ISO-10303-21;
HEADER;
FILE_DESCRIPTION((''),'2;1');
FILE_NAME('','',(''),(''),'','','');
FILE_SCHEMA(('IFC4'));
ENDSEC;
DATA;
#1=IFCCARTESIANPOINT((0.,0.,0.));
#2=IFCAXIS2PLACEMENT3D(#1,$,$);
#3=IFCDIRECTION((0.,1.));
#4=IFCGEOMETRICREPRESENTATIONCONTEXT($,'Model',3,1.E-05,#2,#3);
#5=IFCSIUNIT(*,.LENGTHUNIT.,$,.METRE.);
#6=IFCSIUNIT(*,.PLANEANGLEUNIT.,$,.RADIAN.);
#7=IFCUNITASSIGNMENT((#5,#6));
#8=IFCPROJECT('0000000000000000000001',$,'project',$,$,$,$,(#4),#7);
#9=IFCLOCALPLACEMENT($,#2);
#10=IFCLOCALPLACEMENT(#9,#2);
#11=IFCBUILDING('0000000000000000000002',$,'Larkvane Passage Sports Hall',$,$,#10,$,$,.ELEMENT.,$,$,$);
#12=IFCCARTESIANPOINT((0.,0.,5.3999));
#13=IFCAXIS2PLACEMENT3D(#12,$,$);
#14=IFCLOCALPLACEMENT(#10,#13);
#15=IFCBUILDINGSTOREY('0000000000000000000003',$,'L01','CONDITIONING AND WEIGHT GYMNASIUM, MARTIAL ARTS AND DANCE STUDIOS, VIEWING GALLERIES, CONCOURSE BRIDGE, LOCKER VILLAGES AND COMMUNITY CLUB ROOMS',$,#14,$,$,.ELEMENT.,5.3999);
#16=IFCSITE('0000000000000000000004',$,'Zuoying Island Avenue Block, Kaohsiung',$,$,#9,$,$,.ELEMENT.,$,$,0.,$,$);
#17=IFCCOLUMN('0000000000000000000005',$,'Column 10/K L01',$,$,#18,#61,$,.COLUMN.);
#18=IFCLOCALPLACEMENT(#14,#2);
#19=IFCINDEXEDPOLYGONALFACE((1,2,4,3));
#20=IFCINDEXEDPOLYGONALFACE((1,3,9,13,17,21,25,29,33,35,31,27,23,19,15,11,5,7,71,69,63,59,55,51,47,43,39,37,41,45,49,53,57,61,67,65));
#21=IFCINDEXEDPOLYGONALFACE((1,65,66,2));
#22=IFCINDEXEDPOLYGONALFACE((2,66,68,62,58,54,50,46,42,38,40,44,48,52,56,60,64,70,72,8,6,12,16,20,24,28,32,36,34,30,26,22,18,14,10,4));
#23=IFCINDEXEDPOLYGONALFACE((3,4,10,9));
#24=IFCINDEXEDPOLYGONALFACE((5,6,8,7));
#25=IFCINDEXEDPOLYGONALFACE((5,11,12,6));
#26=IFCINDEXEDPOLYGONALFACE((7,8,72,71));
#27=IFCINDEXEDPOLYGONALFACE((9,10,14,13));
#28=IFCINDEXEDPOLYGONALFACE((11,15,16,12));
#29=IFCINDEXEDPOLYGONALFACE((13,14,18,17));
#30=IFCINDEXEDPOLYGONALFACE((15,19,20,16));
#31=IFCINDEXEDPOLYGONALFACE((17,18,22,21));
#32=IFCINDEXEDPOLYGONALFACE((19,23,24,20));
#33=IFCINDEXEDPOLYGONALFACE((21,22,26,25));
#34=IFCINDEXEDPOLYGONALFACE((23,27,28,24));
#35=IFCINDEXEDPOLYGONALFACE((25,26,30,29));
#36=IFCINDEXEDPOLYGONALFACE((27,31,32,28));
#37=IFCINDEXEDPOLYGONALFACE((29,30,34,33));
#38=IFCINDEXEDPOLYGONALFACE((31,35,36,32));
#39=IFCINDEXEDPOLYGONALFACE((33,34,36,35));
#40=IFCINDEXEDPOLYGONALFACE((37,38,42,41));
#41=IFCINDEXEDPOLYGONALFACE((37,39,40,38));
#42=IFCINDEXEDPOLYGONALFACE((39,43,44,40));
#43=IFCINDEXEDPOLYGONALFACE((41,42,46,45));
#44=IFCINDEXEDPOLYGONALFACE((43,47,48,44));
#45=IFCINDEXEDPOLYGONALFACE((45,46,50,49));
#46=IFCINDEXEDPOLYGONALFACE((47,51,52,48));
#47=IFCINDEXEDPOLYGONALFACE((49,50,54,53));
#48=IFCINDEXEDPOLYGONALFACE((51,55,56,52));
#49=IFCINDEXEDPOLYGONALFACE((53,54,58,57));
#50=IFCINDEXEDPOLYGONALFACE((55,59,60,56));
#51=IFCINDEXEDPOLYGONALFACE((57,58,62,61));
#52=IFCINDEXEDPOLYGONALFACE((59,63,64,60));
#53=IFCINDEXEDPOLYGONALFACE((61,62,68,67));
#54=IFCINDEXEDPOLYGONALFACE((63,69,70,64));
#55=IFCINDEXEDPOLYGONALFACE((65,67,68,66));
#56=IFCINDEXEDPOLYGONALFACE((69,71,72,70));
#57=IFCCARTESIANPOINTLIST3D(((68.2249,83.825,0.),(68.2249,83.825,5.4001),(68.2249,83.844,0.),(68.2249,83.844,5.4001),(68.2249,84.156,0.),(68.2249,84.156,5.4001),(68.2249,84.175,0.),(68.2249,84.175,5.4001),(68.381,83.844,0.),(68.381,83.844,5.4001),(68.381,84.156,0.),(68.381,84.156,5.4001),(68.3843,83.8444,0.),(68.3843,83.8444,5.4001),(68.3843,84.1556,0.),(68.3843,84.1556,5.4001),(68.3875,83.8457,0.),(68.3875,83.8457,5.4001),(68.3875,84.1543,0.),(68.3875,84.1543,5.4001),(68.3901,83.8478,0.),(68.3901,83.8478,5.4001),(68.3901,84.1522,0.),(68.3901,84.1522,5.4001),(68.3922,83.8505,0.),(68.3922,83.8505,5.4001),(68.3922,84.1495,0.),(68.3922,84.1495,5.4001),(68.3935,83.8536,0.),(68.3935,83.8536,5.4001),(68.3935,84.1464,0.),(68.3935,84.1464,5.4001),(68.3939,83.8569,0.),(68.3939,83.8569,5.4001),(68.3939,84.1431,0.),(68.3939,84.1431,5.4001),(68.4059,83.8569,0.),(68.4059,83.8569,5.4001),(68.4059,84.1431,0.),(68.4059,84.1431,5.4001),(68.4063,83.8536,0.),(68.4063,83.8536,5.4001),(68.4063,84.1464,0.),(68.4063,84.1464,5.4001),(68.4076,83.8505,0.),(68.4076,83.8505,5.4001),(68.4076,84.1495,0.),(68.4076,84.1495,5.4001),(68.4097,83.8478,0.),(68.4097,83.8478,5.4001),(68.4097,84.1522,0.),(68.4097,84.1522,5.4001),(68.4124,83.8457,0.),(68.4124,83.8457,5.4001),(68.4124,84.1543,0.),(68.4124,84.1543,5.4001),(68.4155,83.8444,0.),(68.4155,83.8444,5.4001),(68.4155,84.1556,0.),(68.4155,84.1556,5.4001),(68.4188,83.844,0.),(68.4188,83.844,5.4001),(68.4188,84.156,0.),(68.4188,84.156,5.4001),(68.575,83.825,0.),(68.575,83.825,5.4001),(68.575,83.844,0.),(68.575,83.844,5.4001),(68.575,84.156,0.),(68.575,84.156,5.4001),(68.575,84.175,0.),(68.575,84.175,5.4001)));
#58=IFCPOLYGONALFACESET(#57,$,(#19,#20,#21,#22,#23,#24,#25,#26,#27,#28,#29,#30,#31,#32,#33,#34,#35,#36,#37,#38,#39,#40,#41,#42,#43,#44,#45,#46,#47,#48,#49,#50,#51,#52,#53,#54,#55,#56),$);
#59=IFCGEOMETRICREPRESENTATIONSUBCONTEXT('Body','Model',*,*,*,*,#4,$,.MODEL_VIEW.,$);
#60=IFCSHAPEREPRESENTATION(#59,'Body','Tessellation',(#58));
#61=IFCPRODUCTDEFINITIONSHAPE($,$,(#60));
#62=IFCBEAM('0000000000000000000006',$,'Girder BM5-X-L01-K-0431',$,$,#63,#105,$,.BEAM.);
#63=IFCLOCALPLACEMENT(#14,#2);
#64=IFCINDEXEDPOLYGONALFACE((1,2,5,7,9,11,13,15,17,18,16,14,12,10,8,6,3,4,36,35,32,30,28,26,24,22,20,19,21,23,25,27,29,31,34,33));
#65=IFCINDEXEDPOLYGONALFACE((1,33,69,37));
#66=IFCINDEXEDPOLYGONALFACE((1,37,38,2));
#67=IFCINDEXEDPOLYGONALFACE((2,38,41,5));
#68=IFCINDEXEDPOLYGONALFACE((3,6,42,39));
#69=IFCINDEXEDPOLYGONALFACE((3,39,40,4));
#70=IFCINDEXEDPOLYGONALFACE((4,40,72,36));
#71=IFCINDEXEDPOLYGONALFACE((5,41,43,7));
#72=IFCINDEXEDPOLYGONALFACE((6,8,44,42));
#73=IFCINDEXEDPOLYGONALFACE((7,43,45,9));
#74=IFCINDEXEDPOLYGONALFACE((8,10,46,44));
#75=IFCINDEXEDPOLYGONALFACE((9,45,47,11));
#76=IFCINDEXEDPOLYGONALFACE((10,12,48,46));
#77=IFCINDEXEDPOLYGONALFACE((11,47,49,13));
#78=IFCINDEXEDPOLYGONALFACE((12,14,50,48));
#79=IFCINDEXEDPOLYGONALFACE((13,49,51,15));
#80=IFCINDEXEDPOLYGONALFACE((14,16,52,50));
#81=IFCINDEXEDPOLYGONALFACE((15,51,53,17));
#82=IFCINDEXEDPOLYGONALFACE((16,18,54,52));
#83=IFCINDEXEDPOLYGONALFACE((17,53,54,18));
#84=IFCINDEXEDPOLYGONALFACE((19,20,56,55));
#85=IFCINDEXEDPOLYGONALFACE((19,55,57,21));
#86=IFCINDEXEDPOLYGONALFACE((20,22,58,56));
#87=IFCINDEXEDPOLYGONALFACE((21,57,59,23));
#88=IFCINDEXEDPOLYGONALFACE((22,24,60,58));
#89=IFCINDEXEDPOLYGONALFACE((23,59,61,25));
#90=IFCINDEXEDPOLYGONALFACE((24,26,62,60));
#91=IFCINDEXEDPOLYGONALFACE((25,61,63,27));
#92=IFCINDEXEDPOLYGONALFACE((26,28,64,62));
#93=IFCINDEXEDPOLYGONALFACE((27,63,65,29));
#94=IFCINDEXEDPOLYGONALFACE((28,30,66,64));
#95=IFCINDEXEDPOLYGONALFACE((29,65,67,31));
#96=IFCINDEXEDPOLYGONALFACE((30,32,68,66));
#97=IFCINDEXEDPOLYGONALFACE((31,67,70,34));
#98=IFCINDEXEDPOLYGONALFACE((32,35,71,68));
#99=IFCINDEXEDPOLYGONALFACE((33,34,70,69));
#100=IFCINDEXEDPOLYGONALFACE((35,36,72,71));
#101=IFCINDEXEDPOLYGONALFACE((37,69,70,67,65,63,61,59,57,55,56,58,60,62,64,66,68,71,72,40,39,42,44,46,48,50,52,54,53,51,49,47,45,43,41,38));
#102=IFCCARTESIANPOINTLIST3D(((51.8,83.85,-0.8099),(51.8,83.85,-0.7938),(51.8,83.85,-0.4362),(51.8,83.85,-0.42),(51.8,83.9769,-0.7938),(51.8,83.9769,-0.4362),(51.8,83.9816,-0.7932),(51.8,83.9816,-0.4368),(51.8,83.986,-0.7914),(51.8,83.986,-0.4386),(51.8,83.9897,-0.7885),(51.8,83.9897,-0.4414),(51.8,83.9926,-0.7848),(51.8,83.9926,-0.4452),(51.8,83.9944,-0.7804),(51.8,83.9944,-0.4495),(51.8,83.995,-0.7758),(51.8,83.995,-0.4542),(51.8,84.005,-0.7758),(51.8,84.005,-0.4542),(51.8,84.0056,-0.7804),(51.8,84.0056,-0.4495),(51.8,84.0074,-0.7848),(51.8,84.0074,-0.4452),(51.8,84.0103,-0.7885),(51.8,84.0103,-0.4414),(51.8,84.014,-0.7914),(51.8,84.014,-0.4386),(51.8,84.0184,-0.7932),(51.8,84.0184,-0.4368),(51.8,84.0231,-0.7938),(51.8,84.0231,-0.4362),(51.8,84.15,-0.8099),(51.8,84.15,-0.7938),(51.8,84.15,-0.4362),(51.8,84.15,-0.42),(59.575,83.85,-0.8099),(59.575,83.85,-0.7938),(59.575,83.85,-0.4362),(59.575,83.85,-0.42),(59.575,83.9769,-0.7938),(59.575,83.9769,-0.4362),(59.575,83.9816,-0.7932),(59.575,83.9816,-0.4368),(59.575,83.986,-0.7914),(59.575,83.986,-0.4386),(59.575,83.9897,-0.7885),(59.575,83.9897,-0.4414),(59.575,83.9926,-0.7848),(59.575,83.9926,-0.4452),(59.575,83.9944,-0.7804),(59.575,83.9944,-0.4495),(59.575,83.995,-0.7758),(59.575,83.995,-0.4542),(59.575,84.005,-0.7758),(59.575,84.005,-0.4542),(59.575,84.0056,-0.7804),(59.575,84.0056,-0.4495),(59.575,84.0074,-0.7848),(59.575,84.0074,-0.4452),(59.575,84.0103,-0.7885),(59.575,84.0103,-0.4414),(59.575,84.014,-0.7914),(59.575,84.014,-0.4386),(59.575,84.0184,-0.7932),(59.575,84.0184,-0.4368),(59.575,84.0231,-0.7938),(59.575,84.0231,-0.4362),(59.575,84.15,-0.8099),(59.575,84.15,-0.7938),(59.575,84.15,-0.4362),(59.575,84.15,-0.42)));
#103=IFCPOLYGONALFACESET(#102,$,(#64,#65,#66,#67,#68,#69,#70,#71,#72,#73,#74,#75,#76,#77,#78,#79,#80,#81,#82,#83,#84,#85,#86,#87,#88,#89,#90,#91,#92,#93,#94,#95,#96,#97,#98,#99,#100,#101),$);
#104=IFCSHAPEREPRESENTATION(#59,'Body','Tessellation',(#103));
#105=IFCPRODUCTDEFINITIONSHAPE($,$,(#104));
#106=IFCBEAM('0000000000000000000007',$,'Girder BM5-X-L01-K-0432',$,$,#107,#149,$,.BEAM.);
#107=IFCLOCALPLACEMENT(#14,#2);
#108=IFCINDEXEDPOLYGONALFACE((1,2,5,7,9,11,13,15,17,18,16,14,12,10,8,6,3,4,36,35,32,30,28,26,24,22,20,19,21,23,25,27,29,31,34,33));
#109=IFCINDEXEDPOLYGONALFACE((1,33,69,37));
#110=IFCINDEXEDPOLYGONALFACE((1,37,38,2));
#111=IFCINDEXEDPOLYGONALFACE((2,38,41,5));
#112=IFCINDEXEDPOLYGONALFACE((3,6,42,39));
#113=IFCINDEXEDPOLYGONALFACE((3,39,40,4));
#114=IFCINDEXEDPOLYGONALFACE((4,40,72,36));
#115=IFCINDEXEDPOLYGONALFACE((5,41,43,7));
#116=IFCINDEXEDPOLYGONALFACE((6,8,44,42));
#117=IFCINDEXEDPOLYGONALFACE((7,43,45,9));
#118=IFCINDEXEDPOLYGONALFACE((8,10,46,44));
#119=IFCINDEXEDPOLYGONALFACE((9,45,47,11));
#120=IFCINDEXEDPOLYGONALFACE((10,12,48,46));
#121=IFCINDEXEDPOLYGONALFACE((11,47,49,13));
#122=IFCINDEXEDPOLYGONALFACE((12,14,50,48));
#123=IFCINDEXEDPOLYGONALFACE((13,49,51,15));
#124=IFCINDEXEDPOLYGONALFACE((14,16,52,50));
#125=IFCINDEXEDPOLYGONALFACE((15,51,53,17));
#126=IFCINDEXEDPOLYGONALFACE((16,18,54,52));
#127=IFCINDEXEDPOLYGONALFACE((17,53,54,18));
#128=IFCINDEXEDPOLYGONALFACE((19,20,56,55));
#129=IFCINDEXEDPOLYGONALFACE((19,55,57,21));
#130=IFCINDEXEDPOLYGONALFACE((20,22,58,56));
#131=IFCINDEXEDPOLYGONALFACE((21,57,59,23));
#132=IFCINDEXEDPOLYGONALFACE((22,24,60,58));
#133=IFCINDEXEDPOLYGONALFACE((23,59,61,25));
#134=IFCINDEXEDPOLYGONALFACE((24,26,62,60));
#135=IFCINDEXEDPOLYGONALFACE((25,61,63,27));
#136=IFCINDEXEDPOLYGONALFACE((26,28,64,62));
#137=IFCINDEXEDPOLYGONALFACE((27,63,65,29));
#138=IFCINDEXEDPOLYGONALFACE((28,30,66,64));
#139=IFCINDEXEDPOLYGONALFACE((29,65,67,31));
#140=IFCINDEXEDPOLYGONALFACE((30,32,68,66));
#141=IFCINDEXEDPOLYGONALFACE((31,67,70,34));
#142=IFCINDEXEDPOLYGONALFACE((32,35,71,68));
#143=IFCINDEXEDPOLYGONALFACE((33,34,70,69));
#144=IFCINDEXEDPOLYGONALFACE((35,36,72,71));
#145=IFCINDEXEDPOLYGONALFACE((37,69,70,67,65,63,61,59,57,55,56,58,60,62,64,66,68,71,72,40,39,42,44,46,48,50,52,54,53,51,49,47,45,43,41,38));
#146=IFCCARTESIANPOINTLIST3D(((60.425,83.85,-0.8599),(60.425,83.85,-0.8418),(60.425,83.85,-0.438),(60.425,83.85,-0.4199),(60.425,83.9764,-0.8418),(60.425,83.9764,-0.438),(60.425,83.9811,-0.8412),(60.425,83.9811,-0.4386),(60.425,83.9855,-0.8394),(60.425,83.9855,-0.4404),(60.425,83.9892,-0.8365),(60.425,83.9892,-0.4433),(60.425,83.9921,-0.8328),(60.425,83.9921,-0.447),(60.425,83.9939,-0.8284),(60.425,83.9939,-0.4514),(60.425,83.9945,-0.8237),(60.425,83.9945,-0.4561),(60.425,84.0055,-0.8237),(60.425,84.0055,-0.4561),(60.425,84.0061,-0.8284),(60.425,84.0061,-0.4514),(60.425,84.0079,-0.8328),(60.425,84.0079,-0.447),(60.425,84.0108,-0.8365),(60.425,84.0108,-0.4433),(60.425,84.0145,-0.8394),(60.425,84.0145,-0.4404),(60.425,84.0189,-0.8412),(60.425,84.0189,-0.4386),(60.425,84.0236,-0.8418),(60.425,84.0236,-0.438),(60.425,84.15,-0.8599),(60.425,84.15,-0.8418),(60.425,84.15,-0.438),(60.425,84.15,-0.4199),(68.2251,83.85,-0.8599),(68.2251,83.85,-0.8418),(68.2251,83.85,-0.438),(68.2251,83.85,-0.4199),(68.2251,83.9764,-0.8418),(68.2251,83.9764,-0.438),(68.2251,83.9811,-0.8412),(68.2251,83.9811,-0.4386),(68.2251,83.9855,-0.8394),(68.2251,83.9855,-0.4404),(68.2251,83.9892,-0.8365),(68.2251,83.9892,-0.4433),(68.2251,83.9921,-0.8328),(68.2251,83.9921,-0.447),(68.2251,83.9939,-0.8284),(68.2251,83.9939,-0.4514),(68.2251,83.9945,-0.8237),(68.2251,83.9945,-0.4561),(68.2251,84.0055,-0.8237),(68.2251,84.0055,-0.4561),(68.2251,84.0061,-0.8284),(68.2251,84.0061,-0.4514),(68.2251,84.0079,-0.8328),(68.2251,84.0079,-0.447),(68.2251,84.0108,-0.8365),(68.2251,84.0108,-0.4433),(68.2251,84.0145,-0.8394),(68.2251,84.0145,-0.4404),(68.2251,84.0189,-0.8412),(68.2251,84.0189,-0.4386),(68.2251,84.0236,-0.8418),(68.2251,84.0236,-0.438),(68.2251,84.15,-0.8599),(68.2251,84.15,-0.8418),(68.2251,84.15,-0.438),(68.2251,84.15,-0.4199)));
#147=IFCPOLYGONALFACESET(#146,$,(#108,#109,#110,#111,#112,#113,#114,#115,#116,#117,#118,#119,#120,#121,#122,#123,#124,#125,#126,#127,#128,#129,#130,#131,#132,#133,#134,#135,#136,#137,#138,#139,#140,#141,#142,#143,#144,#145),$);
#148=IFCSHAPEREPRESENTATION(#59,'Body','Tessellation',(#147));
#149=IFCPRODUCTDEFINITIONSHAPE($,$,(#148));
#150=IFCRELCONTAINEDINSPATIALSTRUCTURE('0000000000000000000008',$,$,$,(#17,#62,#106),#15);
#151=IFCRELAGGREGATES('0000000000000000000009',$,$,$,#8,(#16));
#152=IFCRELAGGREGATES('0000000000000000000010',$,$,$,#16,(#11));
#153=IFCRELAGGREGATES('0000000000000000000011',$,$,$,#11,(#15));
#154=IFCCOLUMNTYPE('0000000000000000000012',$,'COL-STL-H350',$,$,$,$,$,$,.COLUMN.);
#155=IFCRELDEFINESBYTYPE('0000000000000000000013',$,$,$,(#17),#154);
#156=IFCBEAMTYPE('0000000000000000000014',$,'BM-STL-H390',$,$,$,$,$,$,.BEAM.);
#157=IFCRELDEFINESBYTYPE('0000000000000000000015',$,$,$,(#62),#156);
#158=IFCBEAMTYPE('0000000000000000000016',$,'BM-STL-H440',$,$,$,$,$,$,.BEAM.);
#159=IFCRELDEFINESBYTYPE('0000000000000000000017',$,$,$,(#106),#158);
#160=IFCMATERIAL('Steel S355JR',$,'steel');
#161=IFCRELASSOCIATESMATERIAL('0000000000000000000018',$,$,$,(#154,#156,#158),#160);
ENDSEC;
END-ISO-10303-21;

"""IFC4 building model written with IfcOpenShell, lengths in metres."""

from ifc_helpers import new_model, si_unit, direction, frame, origin, origin_2d, place, context, subcontext, project, spatial, i_section, extrude, material, material_profile, profile_set, type_object, element, save


model = new_model("IFC4")

# Units and contexts
model_context = context("Model", 3, precision=1e-05, world=origin(), true_north=direction((0.0, 1.0)))
body_context = subcontext(model_context, "Body", "Model", "MODEL_VIEW")
ifc_project = project(units=[si_unit("LENGTHUNIT", "METRE"), si_unit("PLANEANGLEUNIT", "RADIAN")], contexts=[model_context])

# Site, building, storey
site_placement = place(None, origin())
site = spatial("IfcSite", under=ifc_project, at=site_placement, Name="Zuoying Island Avenue Block, Kaohsiung", CompositionType="ELEMENT", RefElevation=0.0)
building_placement = place(site_placement, origin())
building = spatial("IfcBuilding", under=site, at=building_placement, Name="Larkvane Passage Sports Hall", CompositionType="ELEMENT")
storey_placement = place(building_placement, frame((0.0, 0.0, 5.3999)))
storey = spatial("IfcBuildingStorey", under=building, at=storey_placement, Name="L01", Description="CONDITIONING AND WEIGHT GYMNASIUM, MARTIAL ARTS AND DANCE STUDIOS, VIEWING GALLERIES, CONCOURSE BRIDGE, LOCKER VILLAGES AND COMMUNITY CLUB ROOMS", CompositionType="ELEMENT", Elevation=5.3999)

# Column
ifc_material_1 = material(Name="Steel S355JR", Category="steel")
ifc_material_profile_1 = material_profile(ifc_material_1, i_section(OverallWidth=0.3501, OverallDepth=0.3501, WebThickness=0.012, FlangeThickness=0.019, FilletRadius=0.0129, at=origin_2d()), Name="H-350x350x12x19")
ifc_profile_set_1 = profile_set([ifc_material_profile_1], Name="Steel S355JR")
column_type_1 = type_object("IfcColumnType", Name="COL-STL-H350", PredefinedType="COLUMN", material=ifc_profile_set_1)
column_1_placement = place(storey_placement, frame((68.3999, 84.0, 0.0), z_axis=(0.0, 0.0, 1.0), x_axis=(1.0, 0.0, 0.0)))
element("IfcColumn", 1, at=column_1_placement, inside=storey, type_object=column_type_1, Name="Column 10/K L01", PredefinedType="COLUMN", context=body_context, shape_type="SweptSolid", body=[
    extrude(i_section(OverallWidth=0.3501, OverallDepth=0.3501, WebThickness=0.012, FlangeThickness=0.019, FilletRadius=0.0129, at=origin_2d()), origin(), (0.0, 0.0, 1.0), 5.4001),
])

# Beams
ifc_material_profile_2 = material_profile(ifc_material_1, i_section(OverallWidth=0.3, OverallDepth=0.3899, WebThickness=0.01, FlangeThickness=0.0161, FilletRadius=0.0181, at=origin_2d()), Name="H-390x300x10x16")
ifc_profile_set_2 = profile_set([ifc_material_profile_2], Name="Steel S355JR")
beam_type_1 = type_object("IfcBeamType", Name="BM-STL-H390", PredefinedType="BEAM", material=ifc_profile_set_2)
beam_1_placement = place(storey_placement, frame((51.8, 84.0, -0.615), z_axis=(1.0, 0.0, 0.0), x_axis=(0.0, 1.0, 0.0)))
element("IfcBeam", 2, at=beam_1_placement, inside=storey, type_object=beam_type_1, Name="Girder BM5-X-L01-K-0431", PredefinedType="BEAM", context=body_context, shape_type="SweptSolid", body=[
    extrude(i_section(OverallWidth=0.3, OverallDepth=0.3899, WebThickness=0.01, FlangeThickness=0.0161, FilletRadius=0.0181, at=origin_2d()), origin(), (0.0, 0.0, 1.0), 7.7749),
])
ifc_material_profile_3 = material_profile(ifc_material_1, i_section(OverallWidth=0.3, OverallDepth=0.4399, WebThickness=0.011, FlangeThickness=0.0181, FilletRadius=0.0181, at=origin_2d()), Name="H-440x300x11x18")
ifc_profile_set_3 = profile_set([ifc_material_profile_3], Name="Steel S355JR")
beam_type_2 = type_object("IfcBeamType", Name="BM-STL-H440", PredefinedType="BEAM", material=ifc_profile_set_3)
beam_2_placement = place(storey_placement, frame((60.425, 84.0, -0.6399), z_axis=(1.0, 0.0, 0.0), x_axis=(0.0, 1.0, 0.0)))
element("IfcBeam", 3, at=beam_2_placement, inside=storey, type_object=beam_type_2, Name="Girder BM5-X-L01-K-0432", PredefinedType="BEAM", context=body_context, shape_type="SweptSolid", body=[
    extrude(i_section(OverallWidth=0.3, OverallDepth=0.4399, WebThickness=0.011, FlangeThickness=0.0181, FilletRadius=0.0181, at=origin_2d()), origin(), (0.0, 0.0, 1.0), 7.8),
])

save(model, "model.ifc")
